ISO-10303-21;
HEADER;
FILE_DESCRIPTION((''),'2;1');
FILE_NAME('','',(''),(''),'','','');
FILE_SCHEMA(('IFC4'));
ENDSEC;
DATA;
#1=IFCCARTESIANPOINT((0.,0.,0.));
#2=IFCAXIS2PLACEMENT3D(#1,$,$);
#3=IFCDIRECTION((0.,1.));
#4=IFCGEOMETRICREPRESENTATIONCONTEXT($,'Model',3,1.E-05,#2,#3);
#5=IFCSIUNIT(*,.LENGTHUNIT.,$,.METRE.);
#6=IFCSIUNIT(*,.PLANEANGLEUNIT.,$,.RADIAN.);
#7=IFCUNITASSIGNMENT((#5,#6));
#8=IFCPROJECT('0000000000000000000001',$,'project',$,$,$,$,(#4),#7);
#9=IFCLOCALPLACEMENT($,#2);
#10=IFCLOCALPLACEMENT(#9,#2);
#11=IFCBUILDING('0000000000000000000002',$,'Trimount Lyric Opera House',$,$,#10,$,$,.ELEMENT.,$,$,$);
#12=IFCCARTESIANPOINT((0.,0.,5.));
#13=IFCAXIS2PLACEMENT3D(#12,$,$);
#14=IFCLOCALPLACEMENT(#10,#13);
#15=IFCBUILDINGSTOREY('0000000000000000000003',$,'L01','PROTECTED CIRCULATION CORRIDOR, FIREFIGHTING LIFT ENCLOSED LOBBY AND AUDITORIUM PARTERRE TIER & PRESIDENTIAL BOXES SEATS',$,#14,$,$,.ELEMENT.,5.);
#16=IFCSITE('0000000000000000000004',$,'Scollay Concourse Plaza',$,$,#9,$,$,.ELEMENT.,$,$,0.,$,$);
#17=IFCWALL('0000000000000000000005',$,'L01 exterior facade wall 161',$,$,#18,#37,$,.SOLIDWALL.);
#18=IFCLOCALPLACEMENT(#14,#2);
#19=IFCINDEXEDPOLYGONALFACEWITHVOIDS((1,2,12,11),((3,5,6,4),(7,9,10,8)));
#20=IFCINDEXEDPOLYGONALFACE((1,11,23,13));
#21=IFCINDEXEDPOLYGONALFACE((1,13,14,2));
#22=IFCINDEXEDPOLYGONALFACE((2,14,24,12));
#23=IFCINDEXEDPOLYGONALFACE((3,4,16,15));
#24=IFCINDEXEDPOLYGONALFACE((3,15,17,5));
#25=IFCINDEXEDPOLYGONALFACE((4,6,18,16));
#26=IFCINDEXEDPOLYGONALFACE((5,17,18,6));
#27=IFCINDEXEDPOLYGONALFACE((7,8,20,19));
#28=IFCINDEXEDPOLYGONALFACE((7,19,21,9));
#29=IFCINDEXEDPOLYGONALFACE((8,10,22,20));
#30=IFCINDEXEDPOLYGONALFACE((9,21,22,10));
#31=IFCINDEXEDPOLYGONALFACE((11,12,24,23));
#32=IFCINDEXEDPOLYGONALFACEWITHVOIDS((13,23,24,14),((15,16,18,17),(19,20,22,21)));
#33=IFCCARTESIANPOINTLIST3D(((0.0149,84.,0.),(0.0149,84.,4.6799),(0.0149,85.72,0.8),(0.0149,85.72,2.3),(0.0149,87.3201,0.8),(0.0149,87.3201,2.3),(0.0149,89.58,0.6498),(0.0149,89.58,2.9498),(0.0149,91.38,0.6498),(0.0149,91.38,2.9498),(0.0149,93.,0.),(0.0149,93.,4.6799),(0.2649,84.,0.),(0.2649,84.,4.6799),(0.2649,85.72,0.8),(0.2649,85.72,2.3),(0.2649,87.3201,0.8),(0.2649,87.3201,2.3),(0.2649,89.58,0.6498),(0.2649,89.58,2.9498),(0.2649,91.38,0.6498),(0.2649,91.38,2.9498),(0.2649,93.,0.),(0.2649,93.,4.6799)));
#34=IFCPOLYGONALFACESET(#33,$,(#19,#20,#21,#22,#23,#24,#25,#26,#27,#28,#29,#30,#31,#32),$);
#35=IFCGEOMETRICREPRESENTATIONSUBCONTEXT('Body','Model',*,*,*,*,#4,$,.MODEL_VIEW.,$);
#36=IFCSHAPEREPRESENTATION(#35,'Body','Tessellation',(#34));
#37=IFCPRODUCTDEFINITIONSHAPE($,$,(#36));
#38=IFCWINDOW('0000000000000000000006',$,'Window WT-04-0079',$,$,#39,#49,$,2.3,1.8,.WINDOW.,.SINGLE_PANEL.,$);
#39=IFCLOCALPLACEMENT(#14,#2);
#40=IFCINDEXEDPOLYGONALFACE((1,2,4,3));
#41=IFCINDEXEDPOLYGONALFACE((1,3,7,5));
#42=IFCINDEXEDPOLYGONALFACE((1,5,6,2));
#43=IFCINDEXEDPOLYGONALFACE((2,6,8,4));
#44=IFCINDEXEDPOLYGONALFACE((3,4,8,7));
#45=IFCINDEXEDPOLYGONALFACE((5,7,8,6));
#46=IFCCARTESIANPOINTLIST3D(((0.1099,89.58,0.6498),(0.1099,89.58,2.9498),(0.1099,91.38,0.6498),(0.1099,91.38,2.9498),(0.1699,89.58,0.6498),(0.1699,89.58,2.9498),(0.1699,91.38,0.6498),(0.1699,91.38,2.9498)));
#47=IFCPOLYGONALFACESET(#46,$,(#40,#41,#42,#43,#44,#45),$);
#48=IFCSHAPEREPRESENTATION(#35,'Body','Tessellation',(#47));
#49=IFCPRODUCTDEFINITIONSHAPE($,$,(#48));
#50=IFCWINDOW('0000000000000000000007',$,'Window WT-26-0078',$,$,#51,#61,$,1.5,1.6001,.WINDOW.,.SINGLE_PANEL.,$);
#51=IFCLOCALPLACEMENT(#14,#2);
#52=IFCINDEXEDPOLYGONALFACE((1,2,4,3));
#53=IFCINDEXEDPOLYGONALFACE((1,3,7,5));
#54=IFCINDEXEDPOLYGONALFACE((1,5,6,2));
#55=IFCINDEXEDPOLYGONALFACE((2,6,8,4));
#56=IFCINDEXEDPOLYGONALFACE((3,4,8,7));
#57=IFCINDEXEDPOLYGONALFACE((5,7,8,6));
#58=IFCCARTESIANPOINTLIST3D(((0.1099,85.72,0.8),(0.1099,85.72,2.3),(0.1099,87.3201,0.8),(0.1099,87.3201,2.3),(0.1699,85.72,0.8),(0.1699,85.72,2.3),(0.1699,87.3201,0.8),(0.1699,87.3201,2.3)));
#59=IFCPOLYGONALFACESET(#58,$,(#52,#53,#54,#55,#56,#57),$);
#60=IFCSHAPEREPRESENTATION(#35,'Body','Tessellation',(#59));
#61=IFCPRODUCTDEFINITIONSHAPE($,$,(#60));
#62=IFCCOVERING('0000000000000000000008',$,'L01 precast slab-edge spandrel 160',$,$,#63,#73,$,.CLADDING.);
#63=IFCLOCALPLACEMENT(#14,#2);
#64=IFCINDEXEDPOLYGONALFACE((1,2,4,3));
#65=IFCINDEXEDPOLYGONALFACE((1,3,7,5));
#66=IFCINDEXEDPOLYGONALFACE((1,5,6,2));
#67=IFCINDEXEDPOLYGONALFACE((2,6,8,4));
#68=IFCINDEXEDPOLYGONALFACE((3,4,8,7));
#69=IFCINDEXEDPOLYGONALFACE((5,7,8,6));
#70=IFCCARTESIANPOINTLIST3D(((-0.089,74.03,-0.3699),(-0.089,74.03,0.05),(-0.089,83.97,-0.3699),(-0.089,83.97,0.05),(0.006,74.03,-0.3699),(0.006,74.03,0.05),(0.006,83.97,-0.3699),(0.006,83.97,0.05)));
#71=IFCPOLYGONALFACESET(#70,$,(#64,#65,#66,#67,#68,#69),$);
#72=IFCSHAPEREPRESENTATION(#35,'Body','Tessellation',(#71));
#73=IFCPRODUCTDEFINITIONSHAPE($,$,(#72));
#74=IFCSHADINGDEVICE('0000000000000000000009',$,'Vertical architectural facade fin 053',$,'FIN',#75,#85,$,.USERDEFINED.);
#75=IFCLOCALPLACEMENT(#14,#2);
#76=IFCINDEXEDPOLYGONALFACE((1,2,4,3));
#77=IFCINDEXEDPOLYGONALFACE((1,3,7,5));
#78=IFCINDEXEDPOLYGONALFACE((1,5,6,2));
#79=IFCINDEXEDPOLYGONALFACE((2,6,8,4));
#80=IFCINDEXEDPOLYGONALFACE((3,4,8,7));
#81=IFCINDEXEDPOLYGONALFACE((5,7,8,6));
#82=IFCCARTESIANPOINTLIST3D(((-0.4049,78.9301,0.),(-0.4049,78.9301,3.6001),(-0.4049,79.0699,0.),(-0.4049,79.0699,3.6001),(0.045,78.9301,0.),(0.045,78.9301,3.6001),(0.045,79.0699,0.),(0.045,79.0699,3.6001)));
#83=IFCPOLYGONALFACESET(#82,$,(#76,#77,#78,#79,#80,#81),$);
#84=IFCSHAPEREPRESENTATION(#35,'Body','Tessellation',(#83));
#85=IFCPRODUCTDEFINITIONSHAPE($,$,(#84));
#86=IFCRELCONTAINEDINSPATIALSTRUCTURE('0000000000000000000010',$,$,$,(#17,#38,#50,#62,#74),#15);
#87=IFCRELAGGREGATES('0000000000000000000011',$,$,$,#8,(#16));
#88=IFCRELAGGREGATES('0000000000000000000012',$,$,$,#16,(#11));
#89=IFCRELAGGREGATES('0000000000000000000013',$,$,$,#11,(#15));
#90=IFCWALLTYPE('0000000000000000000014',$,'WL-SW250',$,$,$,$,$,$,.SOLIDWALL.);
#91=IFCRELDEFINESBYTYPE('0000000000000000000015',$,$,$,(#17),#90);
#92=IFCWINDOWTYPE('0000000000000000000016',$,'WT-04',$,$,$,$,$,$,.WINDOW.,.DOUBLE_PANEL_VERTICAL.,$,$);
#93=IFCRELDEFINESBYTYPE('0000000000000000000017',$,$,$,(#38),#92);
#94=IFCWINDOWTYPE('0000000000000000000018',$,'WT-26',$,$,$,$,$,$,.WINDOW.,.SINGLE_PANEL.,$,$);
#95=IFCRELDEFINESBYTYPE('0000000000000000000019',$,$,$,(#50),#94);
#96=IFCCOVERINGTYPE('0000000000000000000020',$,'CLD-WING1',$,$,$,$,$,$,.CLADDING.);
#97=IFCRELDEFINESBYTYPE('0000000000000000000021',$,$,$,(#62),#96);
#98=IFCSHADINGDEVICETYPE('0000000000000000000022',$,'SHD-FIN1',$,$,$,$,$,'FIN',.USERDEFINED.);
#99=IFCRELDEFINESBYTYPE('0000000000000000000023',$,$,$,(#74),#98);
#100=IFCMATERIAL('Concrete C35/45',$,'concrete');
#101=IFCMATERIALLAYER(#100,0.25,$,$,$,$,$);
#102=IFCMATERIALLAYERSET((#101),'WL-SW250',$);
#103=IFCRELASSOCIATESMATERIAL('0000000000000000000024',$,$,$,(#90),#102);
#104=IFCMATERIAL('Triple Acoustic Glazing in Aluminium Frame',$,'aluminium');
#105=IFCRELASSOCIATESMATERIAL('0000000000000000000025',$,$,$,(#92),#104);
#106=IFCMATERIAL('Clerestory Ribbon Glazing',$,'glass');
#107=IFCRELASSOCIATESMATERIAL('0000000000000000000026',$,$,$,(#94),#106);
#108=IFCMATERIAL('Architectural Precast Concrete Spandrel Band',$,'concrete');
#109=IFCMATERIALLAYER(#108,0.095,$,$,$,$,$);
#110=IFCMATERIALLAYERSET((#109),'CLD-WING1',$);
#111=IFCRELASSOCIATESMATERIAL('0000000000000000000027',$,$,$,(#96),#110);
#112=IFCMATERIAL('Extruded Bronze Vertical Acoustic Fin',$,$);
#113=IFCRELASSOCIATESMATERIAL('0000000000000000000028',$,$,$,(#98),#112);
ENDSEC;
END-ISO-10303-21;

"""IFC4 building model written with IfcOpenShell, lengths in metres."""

from ifc_helpers import new_model, si_unit, direction, frame, frame_2d, origin, origin_2d, place, context, subcontext, project, spatial, rectangle, extrude, material, layer, layer_set, type_object, element, fill, save


model = new_model("IFC4")

# Units and contexts
model_context = context("Model", 3, precision=1e-05, world=origin(), true_north=direction((0.0, 1.0)))
body_context = subcontext(model_context, "Body", "Model", "MODEL_VIEW")
ifc_project = project(units=[si_unit("LENGTHUNIT", "METRE"), si_unit("PLANEANGLEUNIT", "RADIAN")], contexts=[model_context])

# Site, building, storey
site_placement = place(None, origin())
site = spatial("IfcSite", under=ifc_project, at=site_placement, Name="Scollay Concourse Plaza", CompositionType="ELEMENT", RefElevation=0.0)
building_placement = place(site_placement, origin())
building = spatial("IfcBuilding", under=site, at=building_placement, Name="Trimount Lyric Opera House", CompositionType="ELEMENT")
storey_placement = place(building_placement, frame((0.0, 0.0, 5.0)))
storey = spatial("IfcBuildingStorey", under=building, at=storey_placement, Name="L01", Description="PROTECTED CIRCULATION CORRIDOR, FIREFIGHTING LIFT ENCLOSED LOBBY AND AUDITORIUM PARTERRE TIER & PRESIDENTIAL BOXES SEATS", CompositionType="ELEMENT", Elevation=5.0)

# Wall, openings, windows
ifc_material_1 = material(Name="Concrete C35/45", Category="concrete")
ifc_layer_1 = layer(ifc_material_1, 0.25)
ifc_layer_set_1 = layer_set([ifc_layer_1], Name="WL-SW250")
wall_type = type_object("IfcWallType", Name="WL-SW250", PredefinedType="SOLIDWALL", material=ifc_layer_set_1)
wall_placement = place(storey_placement, frame((0.1399, 84.0, 0.0), z_axis=(0.0, 0.0, 1.0), x_axis=(0.0, 1.0, 0.0)))
wall = element("IfcWall", 1, at=wall_placement, inside=storey, type_object=wall_type, Name="L01 exterior facade wall 161", PredefinedType="SOLIDWALL", context=body_context, shape_type="SweptSolid", body=[
    extrude(rectangle(XDim=9.0, YDim=0.25, at=frame_2d((4.5, 0.0))), origin(), (0.0, 0.0, 1.0), 4.6799),
])
opening_1_placement = place(wall_placement, frame((1.72, 0.0, 0.8)))
opening_1 = element("IfcOpeningElement", 2, at=opening_1_placement, cuts=wall, PredefinedType="OPENING", context=body_context, shape_type="SweptSolid", body=[
    extrude(rectangle(XDim=1.6001, YDim=1.5, at=frame_2d((0.8, 0.75))), frame((0.0, 0.135, 0.0), z_axis=(0.0, -1.0, 0.0), x_axis=(1.0, 0.0, 0.0)), (0.0, 0.0, 1.0), 0.27),
])
opening_2_placement = place(wall_placement, frame((5.5801, 0.0, 0.6499)))
opening_2 = element("IfcOpeningElement", 3, at=opening_2_placement, cuts=wall, PredefinedType="OPENING", context=body_context, shape_type="SweptSolid", body=[
    extrude(rectangle(XDim=1.8, YDim=2.3, at=frame_2d((0.8999, 1.1499))), frame((0.0, 0.135, 0.0), z_axis=(0.0, -1.0, 0.0), x_axis=(1.0, 0.0, 0.0)), (0.0, 0.0, 1.0), 0.27),
])
ifc_material_2 = material(Name="Triple Acoustic Glazing in Aluminium Frame", Category="aluminium")
window_type_1 = type_object("IfcWindowType", Name="WT-04", PartitioningType="DOUBLE_PANEL_VERTICAL", PredefinedType="WINDOW", material=ifc_material_2)
window_1_placement = place(opening_2_placement, origin())
window_1 = element("IfcWindow", 4, at=window_1_placement, inside=storey, type_object=window_type_1, Name="Window WT-04-0079", OverallHeight=2.3, OverallWidth=1.8, PartitioningType="SINGLE_PANEL", PredefinedType="WINDOW", context=body_context, shape_type="SweptSolid", body=[
    extrude(rectangle(XDim=1.8, YDim=2.3, at=frame_2d((0.8999, 1.1499))), frame((0.0, 0.03, 0.0), z_axis=(0.0, -1.0, 0.0), x_axis=(1.0, 0.0, 0.0)), (0.0, 0.0, 1.0), 0.0601),
])
fill(opening_2, window_1)
ifc_material_3 = material(Name="Clerestory Ribbon Glazing", Category="glass")
window_type_2 = type_object("IfcWindowType", Name="WT-26", PartitioningType="SINGLE_PANEL", PredefinedType="WINDOW", material=ifc_material_3)
window_2_placement = place(opening_1_placement, origin())
window_2 = element("IfcWindow", 5, at=window_2_placement, inside=storey, type_object=window_type_2, Name="Window WT-26-0078", OverallHeight=1.5, OverallWidth=1.6001, PartitioningType="SINGLE_PANEL", PredefinedType="WINDOW", context=body_context, shape_type="SweptSolid", body=[
    extrude(rectangle(XDim=1.6001, YDim=1.5, at=frame_2d((0.8, 0.75))), frame((0.0, 0.03, 0.0), z_axis=(0.0, -1.0, 0.0), x_axis=(1.0, 0.0, 0.0)), (0.0, 0.0, 1.0), 0.0601),
])
fill(opening_1, window_2)

# Covering
ifc_material_4 = material(Name="Architectural Precast Concrete Spandrel Band", Category="concrete")
ifc_layer_2 = layer(ifc_material_4, 0.095)
ifc_layer_set_2 = layer_set([ifc_layer_2], Name="CLD-WING1")
covering_type = type_object("IfcCoveringType", Name="CLD-WING1", PredefinedType="CLADDING", material=ifc_layer_set_2)
covering_placement = place(storey_placement, frame((-0.0415, 79.0, -0.3699), z_axis=(0.0, 0.0, 1.0), x_axis=(0.0, 1.0, 0.0)))
element("IfcCovering", 6, at=covering_placement, inside=storey, type_object=covering_type, Name="L01 precast slab-edge spandrel 160", PredefinedType="CLADDING", context=body_context, shape_type="SweptSolid", body=[
    extrude(rectangle(XDim=9.9399, YDim=0.095, at=origin_2d()), origin(), (0.0, 0.0, 1.0), 0.4199),
])

# Shading device
ifc_material_5 = material(Name="Extruded Bronze Vertical Acoustic Fin")
shading_device_type = type_object("IfcShadingDeviceType", Name="SHD-FIN1", ElementType="FIN", PredefinedType="USERDEFINED", material=ifc_material_5)
shading_device_placement = place(storey_placement, frame((-0.1799, 79.0, 0.0), z_axis=(0.0, 0.0, 1.0), x_axis=(1.0, 0.0, 0.0)))
element("IfcShadingDevice", 7, at=shading_device_placement, inside=storey, type_object=shading_device_type, Name="Vertical architectural facade fin 053", ObjectType="FIN", PredefinedType="USERDEFINED", context=body_context, shape_type="SweptSolid", body=[
    extrude(rectangle(XDim=0.45, YDim=0.1399, at=origin_2d()), origin(), (0.0, 0.0, 1.0), 3.6001),
])

save(model, "model.ifc")
